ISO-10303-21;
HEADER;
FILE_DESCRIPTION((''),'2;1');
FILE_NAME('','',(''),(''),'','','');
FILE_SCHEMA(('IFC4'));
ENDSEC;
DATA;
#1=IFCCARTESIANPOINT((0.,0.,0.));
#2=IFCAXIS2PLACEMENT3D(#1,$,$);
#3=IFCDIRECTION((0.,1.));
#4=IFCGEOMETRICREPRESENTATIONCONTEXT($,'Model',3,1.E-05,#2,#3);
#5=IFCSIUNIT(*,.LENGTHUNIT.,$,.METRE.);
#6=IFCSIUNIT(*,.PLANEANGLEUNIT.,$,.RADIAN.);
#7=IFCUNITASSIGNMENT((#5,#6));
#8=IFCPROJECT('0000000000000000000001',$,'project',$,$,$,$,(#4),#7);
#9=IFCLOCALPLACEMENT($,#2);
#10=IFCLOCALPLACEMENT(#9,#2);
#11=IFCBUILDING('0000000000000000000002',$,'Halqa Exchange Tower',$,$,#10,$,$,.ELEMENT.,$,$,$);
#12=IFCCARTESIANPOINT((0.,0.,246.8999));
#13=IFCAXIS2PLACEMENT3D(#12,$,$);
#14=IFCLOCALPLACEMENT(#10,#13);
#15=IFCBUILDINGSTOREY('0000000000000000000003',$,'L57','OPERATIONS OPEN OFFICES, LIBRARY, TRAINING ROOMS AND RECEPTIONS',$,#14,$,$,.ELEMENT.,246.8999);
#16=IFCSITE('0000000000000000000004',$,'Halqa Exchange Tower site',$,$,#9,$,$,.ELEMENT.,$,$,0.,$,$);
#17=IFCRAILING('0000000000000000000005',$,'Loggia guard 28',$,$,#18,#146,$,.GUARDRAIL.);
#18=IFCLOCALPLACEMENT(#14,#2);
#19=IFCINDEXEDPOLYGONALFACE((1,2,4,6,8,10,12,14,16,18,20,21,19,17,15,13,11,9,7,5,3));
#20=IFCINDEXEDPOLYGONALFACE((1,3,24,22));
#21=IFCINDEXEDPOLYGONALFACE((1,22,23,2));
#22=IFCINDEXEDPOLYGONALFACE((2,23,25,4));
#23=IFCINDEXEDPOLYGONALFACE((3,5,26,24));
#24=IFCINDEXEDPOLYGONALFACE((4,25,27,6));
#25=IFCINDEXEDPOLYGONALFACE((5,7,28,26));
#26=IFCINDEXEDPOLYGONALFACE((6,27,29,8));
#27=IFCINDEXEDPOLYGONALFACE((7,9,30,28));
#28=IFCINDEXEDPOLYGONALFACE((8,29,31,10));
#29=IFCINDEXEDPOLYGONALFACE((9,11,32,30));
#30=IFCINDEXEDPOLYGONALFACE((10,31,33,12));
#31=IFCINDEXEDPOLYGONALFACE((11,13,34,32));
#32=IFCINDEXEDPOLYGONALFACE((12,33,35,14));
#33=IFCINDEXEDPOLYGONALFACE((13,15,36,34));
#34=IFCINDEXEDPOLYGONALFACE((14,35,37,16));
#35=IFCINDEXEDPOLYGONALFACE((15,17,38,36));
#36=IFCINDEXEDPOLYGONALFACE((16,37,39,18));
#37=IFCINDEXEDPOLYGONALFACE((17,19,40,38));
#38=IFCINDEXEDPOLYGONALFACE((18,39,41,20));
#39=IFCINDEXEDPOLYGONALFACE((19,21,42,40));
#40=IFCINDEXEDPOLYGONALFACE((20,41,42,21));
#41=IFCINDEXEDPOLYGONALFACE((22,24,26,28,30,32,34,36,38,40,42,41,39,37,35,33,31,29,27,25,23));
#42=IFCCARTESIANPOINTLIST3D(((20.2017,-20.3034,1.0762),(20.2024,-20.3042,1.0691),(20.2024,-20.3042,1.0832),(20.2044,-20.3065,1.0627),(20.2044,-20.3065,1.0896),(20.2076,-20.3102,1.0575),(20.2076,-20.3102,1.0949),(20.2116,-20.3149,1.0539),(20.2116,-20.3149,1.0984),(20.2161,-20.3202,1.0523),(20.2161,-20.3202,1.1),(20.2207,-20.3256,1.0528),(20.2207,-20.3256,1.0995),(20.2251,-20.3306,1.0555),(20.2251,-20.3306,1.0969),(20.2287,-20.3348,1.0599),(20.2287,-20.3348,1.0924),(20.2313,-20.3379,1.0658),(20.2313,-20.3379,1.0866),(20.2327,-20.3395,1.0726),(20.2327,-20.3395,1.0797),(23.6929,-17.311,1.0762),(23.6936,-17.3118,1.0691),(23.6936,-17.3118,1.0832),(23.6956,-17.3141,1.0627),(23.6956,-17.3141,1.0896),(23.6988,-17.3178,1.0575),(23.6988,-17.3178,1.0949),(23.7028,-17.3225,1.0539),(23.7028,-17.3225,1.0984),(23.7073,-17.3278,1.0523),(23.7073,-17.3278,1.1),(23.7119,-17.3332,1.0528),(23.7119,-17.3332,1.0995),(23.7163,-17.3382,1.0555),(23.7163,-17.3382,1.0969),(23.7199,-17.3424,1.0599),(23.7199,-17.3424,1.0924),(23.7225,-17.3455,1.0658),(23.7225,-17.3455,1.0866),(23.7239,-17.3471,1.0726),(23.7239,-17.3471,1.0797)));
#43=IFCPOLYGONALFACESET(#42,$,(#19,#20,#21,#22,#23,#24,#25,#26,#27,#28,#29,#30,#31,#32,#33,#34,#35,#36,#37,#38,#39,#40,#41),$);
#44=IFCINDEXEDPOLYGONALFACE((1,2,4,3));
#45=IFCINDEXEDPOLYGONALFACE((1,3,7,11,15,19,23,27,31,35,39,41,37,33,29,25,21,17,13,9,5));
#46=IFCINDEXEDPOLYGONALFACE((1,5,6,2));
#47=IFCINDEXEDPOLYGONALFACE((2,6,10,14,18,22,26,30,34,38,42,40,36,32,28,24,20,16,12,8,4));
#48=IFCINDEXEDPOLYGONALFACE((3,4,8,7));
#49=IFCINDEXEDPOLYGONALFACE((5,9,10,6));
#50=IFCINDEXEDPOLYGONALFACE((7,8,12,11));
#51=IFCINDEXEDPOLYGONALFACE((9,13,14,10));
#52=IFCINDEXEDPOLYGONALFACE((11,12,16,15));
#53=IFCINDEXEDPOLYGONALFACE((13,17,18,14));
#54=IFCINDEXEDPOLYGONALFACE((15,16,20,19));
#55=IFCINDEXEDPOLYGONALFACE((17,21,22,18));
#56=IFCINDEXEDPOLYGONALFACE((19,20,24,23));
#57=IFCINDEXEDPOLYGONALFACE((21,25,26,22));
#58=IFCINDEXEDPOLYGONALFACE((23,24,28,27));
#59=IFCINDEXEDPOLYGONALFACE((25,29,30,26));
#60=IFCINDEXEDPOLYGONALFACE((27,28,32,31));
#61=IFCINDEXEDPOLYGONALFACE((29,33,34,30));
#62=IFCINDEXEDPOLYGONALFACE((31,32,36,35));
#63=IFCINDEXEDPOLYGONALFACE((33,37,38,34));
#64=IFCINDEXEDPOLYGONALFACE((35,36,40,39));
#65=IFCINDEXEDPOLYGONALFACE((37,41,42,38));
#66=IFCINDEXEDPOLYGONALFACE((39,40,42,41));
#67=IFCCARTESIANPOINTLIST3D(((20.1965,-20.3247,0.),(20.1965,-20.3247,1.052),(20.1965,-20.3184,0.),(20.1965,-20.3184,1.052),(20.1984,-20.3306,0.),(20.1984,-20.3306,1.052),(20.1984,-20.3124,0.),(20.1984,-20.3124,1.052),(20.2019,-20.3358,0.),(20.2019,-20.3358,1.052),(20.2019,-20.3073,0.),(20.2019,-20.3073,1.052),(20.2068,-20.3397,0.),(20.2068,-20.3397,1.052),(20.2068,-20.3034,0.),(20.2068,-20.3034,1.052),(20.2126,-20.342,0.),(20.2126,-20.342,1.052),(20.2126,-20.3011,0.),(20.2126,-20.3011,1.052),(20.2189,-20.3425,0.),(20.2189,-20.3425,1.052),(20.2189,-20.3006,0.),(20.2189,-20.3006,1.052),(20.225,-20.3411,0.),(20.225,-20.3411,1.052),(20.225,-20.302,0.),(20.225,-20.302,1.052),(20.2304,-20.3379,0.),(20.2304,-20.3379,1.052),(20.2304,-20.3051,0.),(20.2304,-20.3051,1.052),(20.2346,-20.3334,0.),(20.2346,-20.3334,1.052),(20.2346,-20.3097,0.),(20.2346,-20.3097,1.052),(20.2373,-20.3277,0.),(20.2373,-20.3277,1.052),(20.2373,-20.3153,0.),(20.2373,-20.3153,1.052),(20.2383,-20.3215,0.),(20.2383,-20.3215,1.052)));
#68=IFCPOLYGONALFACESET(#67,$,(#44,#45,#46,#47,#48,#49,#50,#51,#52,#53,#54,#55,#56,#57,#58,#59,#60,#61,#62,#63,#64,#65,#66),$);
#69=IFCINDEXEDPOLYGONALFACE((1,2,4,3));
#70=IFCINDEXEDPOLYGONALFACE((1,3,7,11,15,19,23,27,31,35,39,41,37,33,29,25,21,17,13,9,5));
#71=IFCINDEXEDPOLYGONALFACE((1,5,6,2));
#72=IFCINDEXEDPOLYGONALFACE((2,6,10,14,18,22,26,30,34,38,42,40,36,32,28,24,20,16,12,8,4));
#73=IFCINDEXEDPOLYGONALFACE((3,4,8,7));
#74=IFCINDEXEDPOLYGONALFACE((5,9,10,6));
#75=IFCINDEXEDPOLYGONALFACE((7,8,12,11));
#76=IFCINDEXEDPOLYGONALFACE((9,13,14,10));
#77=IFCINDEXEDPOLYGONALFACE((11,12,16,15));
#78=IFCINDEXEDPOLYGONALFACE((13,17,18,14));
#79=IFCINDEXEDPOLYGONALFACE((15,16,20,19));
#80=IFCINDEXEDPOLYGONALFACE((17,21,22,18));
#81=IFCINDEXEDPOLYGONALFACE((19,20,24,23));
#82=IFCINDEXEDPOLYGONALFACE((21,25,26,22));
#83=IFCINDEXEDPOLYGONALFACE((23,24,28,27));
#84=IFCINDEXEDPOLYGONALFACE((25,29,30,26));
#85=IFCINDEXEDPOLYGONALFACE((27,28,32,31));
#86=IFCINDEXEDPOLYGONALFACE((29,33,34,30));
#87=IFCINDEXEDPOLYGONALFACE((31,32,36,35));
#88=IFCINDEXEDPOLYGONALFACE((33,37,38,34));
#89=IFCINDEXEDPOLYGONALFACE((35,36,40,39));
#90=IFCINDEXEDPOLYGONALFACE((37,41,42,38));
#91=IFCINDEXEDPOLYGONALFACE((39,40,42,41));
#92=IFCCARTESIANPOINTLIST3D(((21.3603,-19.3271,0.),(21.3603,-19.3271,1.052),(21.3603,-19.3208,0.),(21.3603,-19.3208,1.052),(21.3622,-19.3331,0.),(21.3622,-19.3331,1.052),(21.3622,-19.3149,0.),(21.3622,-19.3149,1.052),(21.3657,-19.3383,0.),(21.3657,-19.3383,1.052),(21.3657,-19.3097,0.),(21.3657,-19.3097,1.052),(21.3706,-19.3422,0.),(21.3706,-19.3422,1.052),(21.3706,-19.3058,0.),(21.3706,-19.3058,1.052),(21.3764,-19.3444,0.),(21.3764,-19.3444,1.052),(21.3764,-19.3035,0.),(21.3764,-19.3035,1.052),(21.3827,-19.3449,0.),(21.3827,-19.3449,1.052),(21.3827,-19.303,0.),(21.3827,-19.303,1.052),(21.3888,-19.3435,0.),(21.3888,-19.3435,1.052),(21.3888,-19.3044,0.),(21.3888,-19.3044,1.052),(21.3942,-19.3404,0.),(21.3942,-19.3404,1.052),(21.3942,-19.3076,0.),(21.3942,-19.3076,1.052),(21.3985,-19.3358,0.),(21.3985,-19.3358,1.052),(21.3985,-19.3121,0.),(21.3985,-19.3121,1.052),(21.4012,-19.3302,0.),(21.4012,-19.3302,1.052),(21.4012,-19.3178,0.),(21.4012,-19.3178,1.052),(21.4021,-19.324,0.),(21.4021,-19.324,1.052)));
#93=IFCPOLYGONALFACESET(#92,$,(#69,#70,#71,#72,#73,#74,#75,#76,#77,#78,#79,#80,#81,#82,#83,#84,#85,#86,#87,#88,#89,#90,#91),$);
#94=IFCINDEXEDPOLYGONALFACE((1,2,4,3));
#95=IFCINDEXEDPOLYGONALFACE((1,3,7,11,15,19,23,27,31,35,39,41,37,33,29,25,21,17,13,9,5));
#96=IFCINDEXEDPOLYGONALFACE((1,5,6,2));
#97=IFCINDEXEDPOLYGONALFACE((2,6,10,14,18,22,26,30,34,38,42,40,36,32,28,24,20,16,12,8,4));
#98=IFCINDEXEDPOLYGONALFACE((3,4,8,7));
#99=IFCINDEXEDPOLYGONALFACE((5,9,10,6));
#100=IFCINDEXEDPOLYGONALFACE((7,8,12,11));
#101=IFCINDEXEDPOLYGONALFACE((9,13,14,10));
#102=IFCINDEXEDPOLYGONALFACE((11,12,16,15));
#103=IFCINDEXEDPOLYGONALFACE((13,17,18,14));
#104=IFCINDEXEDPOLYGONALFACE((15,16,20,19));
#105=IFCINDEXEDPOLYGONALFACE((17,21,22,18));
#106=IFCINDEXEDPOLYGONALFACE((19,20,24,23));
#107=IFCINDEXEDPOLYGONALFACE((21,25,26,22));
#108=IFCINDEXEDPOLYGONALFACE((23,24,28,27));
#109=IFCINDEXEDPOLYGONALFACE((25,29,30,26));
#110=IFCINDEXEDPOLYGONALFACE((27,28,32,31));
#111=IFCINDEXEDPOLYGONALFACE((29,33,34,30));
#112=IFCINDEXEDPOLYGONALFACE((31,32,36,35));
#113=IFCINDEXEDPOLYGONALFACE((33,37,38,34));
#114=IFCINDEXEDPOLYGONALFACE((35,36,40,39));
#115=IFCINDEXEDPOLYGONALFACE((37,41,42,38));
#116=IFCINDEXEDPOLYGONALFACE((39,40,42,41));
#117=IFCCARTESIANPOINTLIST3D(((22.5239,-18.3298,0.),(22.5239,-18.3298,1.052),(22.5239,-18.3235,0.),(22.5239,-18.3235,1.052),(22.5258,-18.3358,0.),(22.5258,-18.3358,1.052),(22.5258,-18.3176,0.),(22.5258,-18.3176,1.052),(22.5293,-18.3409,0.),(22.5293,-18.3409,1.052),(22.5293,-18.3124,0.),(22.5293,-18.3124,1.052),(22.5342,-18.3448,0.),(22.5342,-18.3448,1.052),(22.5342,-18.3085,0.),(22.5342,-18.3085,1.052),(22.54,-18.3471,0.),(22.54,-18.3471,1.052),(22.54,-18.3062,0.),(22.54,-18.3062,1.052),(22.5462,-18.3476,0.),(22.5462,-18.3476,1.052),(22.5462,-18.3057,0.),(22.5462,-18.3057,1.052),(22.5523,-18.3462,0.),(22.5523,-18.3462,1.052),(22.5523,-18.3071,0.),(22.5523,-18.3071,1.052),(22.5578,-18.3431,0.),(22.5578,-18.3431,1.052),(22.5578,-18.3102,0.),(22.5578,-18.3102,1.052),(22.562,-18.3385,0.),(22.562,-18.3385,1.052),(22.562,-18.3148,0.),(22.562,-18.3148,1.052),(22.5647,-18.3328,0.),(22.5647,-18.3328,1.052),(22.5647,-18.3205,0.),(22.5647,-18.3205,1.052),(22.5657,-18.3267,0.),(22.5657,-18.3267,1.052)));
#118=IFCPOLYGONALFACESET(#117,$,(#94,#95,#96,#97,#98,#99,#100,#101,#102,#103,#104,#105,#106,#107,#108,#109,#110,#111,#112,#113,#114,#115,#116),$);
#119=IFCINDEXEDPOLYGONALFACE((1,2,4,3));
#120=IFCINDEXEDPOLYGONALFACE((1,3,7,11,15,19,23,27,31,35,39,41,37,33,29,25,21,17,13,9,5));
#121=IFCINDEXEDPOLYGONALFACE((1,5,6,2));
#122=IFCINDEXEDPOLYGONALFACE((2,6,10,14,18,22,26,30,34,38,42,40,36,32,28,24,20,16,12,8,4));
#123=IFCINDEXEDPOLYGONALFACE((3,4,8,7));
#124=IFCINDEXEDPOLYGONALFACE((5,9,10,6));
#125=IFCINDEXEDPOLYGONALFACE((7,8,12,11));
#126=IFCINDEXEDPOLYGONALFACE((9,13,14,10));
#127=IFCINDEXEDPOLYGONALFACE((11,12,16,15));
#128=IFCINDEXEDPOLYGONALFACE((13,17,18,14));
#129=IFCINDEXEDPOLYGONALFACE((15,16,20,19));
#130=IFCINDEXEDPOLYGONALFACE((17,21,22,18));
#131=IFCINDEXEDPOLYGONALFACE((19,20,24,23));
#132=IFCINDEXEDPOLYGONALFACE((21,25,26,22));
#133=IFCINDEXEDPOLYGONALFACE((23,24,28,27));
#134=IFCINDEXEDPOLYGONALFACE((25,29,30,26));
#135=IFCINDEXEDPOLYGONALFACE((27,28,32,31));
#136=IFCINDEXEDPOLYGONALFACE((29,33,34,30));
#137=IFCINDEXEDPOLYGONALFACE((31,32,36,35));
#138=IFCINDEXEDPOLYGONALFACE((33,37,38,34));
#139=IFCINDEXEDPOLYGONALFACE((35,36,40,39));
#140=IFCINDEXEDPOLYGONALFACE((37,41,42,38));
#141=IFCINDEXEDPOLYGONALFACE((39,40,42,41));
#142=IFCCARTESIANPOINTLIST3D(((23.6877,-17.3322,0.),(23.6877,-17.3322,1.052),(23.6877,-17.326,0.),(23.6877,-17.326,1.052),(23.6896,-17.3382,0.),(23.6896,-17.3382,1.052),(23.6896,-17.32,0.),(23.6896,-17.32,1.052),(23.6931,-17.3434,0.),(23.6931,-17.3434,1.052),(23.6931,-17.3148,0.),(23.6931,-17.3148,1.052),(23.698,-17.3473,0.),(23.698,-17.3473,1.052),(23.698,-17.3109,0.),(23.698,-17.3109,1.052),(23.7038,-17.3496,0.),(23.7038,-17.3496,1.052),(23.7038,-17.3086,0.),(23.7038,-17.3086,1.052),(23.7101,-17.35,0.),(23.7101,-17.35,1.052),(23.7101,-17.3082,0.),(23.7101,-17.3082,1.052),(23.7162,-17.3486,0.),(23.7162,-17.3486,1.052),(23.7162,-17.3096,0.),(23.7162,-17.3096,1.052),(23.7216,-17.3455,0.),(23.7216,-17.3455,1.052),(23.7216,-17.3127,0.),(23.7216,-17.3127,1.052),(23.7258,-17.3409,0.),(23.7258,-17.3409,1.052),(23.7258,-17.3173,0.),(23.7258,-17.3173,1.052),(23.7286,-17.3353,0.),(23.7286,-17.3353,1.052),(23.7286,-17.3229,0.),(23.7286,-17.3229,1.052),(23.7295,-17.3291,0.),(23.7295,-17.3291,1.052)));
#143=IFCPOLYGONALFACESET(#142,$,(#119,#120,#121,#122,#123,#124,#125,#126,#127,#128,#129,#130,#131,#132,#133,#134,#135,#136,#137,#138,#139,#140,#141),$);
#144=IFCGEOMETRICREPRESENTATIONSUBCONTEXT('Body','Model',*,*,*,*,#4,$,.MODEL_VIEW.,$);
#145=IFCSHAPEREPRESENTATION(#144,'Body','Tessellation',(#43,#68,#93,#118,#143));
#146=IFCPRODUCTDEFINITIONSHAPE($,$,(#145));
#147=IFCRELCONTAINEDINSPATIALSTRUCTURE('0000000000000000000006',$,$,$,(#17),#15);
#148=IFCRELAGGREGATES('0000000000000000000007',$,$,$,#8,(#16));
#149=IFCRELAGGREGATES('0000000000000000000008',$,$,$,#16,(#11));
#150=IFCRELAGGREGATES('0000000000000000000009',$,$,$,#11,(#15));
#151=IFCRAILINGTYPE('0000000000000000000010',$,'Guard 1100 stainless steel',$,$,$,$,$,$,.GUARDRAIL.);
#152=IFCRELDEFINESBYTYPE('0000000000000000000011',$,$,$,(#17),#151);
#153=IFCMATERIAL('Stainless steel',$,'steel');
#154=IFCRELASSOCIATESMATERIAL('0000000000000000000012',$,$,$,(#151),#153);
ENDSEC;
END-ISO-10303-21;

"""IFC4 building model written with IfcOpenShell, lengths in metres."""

from ifc_helpers import new_model, si_unit, direction, frame, origin, origin_2d, place, context, subcontext, project, spatial, circle, extrude, material, type_object, element, save


model = new_model("IFC4")

# Units and contexts
model_context = context("Model", 3, precision=1e-05, world=origin(), true_north=direction((0.0, 1.0)))
body_context = subcontext(model_context, "Body", "Model", "MODEL_VIEW")
ifc_project = project(units=[si_unit("LENGTHUNIT", "METRE"), si_unit("PLANEANGLEUNIT", "RADIAN")], contexts=[model_context])

# Site, building, storey
site_placement = place(None, origin())
site = spatial("IfcSite", under=ifc_project, at=site_placement, Name="Halqa Exchange Tower site", CompositionType="ELEMENT", RefElevation=0.0)
building_placement = place(site_placement, origin())
building = spatial("IfcBuilding", under=site, at=building_placement, Name="Halqa Exchange Tower", CompositionType="ELEMENT")
storey_placement = place(building_placement, frame((0.0, 0.0, 246.8999)))
storey = spatial("IfcBuildingStorey", under=building, at=storey_placement, Name="L57", Description="OPERATIONS OPEN OFFICES, LIBRARY, TRAINING ROOMS AND RECEPTIONS", CompositionType="ELEMENT", Elevation=246.8999)

# Railing
ifc_material_1 = material(Name="Stainless steel", Category="steel")
railing_type = type_object("IfcRailingType", Name="Guard 1100 stainless steel", PredefinedType="GUARDRAIL", material=ifc_material_1)
railing_1_placement = place(storey_placement, frame((20.2173, -20.3215, 0.0)))
element("IfcRailing", 1, at=railing_1_placement, inside=storey, type_object=railing_type, Name="Loggia guard 28", PredefinedType="GUARDRAIL", context=body_context, shape_type="SweptSolid", body=[
    extrude(circle(Radius=0.0239, at=origin_2d()), frame((0.0, 0.0, 1.0762), z_axis=(0.75926, 0.650787, 0.0), x_axis=(-0.650787, 0.75926, 0.0)), (0.0, 0.0, 1.0), 4.5981),
    extrude(circle(Radius=0.021, at=origin_2d()), origin(), (0.0, 0.0, 1.0), 1.052),
    extrude(circle(Radius=0.021, at=origin_2d()), frame((1.1638, 0.9976, 0.0)), (0.0, 0.0, 1.0), 1.052),
    extrude(circle(Radius=0.021, at=origin_2d()), frame((2.3274, 1.9949, 0.0)), (0.0, 0.0, 1.0), 1.052),
    extrude(circle(Radius=0.021, at=origin_2d()), frame((3.4912, 2.9924, 0.0)), (0.0, 0.0, 1.0), 1.052),
])

save(model, "model.ifc")
